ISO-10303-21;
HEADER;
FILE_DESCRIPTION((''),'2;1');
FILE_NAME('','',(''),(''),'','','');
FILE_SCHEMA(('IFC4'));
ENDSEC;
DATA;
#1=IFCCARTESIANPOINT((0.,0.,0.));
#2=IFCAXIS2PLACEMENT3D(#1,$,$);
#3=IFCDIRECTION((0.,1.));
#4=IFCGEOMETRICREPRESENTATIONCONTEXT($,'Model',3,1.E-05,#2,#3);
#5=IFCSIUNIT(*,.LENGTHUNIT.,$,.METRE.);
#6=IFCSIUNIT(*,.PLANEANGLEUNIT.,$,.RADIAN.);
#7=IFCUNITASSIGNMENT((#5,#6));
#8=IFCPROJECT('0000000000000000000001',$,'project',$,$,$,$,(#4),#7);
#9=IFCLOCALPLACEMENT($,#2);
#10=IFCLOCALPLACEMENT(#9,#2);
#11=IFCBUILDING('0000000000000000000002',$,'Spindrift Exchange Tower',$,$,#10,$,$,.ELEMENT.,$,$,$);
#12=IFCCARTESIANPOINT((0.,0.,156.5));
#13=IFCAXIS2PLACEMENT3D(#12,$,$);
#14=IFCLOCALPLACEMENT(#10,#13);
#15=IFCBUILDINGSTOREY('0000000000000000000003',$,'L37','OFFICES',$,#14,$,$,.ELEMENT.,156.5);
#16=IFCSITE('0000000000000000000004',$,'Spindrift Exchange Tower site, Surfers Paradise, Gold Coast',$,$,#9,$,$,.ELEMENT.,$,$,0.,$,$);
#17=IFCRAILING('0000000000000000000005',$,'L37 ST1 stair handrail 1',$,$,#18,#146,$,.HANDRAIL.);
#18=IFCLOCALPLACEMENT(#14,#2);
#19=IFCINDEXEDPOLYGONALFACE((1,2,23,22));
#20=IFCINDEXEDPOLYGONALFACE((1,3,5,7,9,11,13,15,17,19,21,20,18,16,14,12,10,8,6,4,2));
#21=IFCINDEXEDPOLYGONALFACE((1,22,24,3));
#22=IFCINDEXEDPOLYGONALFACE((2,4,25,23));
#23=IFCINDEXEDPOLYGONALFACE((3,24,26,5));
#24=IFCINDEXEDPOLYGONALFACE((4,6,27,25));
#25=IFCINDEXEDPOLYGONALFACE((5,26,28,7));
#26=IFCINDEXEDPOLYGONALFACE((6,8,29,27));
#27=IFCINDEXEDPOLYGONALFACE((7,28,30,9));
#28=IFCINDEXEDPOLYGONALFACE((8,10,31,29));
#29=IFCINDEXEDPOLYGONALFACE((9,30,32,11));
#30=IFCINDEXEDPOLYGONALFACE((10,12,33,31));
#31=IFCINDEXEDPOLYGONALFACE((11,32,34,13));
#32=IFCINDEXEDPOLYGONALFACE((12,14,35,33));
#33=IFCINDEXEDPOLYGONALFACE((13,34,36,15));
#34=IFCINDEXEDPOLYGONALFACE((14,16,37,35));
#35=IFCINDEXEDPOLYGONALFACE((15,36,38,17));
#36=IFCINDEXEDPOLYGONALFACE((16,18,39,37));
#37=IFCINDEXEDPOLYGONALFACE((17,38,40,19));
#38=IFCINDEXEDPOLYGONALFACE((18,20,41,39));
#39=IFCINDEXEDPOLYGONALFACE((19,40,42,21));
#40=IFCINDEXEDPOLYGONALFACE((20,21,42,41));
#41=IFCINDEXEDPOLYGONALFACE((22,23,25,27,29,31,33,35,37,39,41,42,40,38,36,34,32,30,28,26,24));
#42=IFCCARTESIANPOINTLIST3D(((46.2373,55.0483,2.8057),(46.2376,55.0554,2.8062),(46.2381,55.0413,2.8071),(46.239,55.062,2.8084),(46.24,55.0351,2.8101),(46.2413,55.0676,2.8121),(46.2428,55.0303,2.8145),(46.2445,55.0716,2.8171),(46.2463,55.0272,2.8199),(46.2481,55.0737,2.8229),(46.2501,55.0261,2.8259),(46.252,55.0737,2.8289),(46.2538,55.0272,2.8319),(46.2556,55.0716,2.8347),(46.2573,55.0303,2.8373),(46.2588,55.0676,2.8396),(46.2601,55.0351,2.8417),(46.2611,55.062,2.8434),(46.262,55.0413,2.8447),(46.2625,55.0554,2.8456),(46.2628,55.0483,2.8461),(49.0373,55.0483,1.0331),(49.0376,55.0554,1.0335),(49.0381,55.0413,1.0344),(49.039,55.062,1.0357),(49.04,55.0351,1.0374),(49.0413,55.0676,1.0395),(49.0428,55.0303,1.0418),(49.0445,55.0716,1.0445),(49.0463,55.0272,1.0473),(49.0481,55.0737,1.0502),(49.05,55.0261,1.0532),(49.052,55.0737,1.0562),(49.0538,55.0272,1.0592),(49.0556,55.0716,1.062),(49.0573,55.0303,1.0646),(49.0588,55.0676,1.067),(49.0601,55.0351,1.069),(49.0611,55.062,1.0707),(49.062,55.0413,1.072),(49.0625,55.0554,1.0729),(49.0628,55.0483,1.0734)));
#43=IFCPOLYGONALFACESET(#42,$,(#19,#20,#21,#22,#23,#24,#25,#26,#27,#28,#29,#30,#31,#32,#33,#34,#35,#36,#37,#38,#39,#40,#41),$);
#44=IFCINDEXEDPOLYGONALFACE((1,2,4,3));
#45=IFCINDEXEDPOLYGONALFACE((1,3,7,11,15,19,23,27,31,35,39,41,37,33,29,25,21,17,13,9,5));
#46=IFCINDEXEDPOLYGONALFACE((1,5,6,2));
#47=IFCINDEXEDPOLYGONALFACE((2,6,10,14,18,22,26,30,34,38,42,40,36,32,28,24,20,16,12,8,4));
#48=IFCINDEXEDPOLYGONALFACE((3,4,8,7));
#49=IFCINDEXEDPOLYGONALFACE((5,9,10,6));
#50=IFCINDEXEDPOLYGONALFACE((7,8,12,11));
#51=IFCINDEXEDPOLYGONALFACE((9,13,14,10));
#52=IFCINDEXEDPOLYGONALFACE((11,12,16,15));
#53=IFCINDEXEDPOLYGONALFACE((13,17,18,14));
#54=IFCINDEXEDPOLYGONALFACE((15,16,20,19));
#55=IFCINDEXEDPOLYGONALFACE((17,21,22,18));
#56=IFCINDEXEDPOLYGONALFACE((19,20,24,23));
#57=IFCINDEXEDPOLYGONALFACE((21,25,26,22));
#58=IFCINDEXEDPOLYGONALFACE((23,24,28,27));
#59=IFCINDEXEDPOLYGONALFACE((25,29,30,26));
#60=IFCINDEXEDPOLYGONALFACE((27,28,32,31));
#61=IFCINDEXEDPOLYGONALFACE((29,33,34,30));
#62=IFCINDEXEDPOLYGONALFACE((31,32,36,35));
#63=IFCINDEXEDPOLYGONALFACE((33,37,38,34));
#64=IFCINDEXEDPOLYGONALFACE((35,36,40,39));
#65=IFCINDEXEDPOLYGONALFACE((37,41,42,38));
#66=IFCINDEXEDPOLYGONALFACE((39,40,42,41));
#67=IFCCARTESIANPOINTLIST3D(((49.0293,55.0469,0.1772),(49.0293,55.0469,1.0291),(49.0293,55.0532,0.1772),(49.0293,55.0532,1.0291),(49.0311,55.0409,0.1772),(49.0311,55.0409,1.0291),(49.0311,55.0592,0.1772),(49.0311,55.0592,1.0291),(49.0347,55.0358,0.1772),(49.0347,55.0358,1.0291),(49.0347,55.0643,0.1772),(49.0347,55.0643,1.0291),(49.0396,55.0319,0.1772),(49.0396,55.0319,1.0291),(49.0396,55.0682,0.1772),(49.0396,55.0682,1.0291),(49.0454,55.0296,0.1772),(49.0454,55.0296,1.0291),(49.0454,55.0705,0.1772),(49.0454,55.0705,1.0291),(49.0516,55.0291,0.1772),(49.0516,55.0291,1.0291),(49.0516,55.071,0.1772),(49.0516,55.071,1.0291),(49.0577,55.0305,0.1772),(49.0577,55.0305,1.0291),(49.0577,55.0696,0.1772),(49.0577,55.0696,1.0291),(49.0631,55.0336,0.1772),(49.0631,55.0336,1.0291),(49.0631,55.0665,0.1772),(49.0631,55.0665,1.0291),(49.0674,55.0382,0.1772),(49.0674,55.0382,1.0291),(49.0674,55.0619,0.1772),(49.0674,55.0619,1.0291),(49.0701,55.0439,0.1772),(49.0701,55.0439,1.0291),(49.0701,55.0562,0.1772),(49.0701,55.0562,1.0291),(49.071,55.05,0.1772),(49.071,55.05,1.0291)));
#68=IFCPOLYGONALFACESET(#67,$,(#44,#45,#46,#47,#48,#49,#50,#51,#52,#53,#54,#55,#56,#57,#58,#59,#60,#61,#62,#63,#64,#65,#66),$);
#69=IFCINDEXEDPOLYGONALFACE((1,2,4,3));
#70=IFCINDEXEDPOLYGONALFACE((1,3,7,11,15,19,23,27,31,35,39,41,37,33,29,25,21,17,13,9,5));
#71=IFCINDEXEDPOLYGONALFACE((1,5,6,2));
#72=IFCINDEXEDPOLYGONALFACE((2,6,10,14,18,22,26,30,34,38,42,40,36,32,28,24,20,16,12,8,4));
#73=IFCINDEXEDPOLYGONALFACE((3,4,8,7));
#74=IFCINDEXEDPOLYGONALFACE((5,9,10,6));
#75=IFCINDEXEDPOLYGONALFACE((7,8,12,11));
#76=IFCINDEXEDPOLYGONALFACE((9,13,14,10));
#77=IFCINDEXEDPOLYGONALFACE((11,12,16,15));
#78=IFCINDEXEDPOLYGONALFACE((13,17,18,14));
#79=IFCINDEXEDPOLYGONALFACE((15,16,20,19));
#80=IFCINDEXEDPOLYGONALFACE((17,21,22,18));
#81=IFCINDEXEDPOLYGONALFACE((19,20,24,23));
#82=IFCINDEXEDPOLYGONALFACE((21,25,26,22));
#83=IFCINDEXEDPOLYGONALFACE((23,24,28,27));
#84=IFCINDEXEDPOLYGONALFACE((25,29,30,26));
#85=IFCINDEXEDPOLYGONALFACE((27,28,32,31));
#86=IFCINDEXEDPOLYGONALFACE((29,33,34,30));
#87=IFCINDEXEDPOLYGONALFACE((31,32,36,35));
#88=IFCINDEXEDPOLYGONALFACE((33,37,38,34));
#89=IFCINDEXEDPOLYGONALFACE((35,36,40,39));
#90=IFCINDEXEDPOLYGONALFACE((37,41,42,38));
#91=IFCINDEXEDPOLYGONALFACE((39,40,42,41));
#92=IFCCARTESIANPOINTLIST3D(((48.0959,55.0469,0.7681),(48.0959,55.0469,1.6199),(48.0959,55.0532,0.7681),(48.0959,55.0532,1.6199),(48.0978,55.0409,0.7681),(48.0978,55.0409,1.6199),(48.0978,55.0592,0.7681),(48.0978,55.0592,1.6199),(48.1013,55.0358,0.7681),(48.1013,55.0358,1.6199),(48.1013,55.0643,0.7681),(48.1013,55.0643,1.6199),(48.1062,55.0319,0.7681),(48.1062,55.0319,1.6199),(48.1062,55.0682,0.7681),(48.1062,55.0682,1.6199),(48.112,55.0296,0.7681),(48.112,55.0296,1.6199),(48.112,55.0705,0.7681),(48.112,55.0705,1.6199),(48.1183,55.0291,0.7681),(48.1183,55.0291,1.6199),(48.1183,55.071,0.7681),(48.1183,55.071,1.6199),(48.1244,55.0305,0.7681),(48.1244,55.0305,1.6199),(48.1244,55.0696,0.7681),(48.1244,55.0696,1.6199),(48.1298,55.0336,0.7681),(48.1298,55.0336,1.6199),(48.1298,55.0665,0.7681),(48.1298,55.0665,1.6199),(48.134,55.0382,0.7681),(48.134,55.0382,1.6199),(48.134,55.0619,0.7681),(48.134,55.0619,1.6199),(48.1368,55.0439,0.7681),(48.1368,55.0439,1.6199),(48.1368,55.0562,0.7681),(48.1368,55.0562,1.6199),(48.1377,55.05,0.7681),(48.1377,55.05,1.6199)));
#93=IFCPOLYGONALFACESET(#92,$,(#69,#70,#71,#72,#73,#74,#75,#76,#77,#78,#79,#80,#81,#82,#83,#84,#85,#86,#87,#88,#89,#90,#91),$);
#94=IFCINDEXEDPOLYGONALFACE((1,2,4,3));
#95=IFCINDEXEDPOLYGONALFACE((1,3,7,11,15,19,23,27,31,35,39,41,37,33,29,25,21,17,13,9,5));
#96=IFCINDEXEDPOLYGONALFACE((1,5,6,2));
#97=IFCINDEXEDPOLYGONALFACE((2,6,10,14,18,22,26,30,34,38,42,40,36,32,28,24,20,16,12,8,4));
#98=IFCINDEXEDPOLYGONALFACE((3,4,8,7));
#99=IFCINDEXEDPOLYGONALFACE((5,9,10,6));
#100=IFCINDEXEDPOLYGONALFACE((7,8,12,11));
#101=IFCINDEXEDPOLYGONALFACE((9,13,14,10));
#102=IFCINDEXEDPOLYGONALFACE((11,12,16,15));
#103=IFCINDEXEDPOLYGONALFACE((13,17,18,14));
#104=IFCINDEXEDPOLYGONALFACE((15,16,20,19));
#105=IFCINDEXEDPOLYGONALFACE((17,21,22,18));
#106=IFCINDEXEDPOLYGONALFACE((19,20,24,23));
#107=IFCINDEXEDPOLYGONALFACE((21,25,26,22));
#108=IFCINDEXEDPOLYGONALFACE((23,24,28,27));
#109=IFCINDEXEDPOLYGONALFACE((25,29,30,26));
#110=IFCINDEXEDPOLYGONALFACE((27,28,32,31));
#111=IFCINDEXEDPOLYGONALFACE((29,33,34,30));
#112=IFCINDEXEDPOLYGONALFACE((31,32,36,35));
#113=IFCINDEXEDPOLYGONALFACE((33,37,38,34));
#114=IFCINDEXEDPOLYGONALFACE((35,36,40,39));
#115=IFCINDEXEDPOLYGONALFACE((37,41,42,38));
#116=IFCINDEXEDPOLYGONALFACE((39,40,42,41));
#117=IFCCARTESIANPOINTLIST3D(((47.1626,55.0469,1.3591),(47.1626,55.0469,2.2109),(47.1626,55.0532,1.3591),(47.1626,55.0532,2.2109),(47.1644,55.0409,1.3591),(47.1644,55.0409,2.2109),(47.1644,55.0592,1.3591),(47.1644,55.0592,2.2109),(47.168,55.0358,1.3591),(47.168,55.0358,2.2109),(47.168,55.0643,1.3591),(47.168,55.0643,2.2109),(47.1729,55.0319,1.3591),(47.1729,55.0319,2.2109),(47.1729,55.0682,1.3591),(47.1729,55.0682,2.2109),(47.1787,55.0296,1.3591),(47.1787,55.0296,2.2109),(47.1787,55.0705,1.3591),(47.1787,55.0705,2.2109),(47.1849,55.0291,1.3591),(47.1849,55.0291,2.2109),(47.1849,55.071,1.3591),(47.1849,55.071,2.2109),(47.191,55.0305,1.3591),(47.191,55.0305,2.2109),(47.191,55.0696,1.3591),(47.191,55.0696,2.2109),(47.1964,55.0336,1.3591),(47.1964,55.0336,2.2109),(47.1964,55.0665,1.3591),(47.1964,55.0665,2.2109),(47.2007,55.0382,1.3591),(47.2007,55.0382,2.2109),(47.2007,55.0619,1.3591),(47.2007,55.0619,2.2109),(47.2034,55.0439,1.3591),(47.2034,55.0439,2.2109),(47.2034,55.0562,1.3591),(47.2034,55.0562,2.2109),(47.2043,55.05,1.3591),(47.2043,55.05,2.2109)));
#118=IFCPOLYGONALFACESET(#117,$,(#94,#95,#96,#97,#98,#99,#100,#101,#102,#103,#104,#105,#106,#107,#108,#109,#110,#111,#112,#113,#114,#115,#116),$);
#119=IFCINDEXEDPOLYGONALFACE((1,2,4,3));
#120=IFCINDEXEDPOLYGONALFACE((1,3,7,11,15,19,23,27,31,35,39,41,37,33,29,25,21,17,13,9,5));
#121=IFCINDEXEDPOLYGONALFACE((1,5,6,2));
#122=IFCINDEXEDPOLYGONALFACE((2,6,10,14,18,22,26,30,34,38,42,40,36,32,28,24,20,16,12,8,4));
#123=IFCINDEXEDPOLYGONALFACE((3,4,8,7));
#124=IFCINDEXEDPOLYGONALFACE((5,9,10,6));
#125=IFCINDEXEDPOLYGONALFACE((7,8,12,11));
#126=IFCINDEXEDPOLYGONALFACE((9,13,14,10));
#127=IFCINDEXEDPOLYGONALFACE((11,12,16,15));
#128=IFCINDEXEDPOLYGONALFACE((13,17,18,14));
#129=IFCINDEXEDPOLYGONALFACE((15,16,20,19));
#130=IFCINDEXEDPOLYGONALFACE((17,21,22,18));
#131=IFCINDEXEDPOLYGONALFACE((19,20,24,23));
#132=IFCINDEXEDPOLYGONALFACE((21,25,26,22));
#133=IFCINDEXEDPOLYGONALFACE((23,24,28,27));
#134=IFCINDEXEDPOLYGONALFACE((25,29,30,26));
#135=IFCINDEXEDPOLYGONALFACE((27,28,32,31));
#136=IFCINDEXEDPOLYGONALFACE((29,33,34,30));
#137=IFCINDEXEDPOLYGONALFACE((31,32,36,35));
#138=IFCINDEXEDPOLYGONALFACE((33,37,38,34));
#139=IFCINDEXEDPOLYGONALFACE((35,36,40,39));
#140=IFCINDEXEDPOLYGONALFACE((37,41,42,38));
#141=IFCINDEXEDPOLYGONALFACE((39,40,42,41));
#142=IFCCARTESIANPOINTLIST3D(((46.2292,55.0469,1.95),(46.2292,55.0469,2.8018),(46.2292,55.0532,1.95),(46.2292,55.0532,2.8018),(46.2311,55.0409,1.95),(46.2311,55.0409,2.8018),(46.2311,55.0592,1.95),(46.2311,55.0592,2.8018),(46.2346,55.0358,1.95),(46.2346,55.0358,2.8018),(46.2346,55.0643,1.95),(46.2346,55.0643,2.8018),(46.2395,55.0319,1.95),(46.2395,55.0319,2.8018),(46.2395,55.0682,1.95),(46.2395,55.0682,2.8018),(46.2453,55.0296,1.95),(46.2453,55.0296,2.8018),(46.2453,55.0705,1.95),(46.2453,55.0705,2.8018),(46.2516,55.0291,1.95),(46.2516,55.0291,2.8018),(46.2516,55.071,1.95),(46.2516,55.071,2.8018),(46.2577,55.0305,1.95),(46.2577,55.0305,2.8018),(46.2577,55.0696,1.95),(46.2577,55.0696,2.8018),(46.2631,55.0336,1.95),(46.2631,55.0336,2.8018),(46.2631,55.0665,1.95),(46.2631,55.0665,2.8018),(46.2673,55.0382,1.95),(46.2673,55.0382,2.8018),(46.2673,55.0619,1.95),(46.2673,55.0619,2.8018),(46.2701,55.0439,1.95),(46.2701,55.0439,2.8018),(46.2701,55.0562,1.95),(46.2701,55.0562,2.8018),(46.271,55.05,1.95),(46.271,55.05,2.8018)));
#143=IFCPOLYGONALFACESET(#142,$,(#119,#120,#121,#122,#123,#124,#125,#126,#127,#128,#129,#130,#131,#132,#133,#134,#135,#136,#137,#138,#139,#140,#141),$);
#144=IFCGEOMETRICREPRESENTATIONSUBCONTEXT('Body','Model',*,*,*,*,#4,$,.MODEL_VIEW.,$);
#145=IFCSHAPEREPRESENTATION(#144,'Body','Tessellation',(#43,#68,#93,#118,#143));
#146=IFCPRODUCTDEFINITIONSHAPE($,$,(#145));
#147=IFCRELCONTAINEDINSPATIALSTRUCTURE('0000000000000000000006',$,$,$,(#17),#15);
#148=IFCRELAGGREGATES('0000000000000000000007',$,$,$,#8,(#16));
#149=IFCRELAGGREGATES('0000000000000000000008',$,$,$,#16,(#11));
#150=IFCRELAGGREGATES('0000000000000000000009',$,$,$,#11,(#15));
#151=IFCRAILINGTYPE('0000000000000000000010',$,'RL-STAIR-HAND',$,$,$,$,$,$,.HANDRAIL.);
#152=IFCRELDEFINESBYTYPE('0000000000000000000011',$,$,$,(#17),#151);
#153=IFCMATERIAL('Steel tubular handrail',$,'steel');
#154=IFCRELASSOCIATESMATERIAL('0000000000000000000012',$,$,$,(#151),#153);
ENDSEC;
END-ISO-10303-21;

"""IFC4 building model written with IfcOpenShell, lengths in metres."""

from ifc_helpers import new_model, si_unit, direction, frame, origin, origin_2d, place, context, subcontext, project, spatial, circle, extrude, material, type_object, element, save


model = new_model("IFC4")

# Units and contexts
model_context = context("Model", 3, precision=1e-05, world=origin(), true_north=direction((0.0, 1.0)))
body_context = subcontext(model_context, "Body", "Model", "MODEL_VIEW")
ifc_project = project(units=[si_unit("LENGTHUNIT", "METRE"), si_unit("PLANEANGLEUNIT", "RADIAN")], contexts=[model_context])

# Site, building, storey
site_placement = place(None, origin())
site = spatial("IfcSite", under=ifc_project, at=site_placement, Name="Spindrift Exchange Tower site, Surfers Paradise, Gold Coast", CompositionType="ELEMENT", RefElevation=0.0)
building_placement = place(site_placement, origin())
building = spatial("IfcBuilding", under=site, at=building_placement, Name="Spindrift Exchange Tower", CompositionType="ELEMENT")
storey_placement = place(building_placement, frame((0.0, 0.0, 156.5)))
storey = spatial("IfcBuildingStorey", under=building, at=storey_placement, Name="L37", Description="OFFICES", CompositionType="ELEMENT", Elevation=156.5)

# Railing
ifc_material_1 = material(Name="Steel tubular handrail", Category="steel")
railing_type_1 = type_object("IfcRailingType", Name="RL-STAIR-HAND", PredefinedType="HANDRAIL", material=ifc_material_1)
railing_1_placement = place(storey_placement, frame((49.05, 55.05, 0.1772)))
element("IfcRailing", 1, at=railing_1_placement, inside=storey, type_object=railing_type_1, Name="L37 ST1 stair handrail 1", PredefinedType="HANDRAIL", context=body_context, shape_type="SweptSolid", body=[
    extrude(circle(Radius=0.0239, at=origin_2d()), frame((0.0, 0.0, 0.876), z_axis=(-0.844909, 0.0, 0.53491), x_axis=(0.0, -1.0, 0.0)), (0.0, 0.0, 1.0), 3.314),
    extrude(circle(Radius=0.021, at=origin_2d()), origin(), (0.0, 0.0, 1.0), 0.8518),
    extrude(circle(Radius=0.021, at=origin_2d()), frame((-0.9333, 0.0, 0.5908)), (0.0, 0.0, 1.0), 0.8518),
    extrude(circle(Radius=0.021, at=origin_2d()), frame((-1.8667, 0.0, 1.1819)), (0.0, 0.0, 1.0), 0.8518),
    extrude(circle(Radius=0.021, at=origin_2d()), frame((-2.8, 0.0, 1.7727)), (0.0, 0.0, 1.0), 0.8518),
])

save(model, "model.ifc")
